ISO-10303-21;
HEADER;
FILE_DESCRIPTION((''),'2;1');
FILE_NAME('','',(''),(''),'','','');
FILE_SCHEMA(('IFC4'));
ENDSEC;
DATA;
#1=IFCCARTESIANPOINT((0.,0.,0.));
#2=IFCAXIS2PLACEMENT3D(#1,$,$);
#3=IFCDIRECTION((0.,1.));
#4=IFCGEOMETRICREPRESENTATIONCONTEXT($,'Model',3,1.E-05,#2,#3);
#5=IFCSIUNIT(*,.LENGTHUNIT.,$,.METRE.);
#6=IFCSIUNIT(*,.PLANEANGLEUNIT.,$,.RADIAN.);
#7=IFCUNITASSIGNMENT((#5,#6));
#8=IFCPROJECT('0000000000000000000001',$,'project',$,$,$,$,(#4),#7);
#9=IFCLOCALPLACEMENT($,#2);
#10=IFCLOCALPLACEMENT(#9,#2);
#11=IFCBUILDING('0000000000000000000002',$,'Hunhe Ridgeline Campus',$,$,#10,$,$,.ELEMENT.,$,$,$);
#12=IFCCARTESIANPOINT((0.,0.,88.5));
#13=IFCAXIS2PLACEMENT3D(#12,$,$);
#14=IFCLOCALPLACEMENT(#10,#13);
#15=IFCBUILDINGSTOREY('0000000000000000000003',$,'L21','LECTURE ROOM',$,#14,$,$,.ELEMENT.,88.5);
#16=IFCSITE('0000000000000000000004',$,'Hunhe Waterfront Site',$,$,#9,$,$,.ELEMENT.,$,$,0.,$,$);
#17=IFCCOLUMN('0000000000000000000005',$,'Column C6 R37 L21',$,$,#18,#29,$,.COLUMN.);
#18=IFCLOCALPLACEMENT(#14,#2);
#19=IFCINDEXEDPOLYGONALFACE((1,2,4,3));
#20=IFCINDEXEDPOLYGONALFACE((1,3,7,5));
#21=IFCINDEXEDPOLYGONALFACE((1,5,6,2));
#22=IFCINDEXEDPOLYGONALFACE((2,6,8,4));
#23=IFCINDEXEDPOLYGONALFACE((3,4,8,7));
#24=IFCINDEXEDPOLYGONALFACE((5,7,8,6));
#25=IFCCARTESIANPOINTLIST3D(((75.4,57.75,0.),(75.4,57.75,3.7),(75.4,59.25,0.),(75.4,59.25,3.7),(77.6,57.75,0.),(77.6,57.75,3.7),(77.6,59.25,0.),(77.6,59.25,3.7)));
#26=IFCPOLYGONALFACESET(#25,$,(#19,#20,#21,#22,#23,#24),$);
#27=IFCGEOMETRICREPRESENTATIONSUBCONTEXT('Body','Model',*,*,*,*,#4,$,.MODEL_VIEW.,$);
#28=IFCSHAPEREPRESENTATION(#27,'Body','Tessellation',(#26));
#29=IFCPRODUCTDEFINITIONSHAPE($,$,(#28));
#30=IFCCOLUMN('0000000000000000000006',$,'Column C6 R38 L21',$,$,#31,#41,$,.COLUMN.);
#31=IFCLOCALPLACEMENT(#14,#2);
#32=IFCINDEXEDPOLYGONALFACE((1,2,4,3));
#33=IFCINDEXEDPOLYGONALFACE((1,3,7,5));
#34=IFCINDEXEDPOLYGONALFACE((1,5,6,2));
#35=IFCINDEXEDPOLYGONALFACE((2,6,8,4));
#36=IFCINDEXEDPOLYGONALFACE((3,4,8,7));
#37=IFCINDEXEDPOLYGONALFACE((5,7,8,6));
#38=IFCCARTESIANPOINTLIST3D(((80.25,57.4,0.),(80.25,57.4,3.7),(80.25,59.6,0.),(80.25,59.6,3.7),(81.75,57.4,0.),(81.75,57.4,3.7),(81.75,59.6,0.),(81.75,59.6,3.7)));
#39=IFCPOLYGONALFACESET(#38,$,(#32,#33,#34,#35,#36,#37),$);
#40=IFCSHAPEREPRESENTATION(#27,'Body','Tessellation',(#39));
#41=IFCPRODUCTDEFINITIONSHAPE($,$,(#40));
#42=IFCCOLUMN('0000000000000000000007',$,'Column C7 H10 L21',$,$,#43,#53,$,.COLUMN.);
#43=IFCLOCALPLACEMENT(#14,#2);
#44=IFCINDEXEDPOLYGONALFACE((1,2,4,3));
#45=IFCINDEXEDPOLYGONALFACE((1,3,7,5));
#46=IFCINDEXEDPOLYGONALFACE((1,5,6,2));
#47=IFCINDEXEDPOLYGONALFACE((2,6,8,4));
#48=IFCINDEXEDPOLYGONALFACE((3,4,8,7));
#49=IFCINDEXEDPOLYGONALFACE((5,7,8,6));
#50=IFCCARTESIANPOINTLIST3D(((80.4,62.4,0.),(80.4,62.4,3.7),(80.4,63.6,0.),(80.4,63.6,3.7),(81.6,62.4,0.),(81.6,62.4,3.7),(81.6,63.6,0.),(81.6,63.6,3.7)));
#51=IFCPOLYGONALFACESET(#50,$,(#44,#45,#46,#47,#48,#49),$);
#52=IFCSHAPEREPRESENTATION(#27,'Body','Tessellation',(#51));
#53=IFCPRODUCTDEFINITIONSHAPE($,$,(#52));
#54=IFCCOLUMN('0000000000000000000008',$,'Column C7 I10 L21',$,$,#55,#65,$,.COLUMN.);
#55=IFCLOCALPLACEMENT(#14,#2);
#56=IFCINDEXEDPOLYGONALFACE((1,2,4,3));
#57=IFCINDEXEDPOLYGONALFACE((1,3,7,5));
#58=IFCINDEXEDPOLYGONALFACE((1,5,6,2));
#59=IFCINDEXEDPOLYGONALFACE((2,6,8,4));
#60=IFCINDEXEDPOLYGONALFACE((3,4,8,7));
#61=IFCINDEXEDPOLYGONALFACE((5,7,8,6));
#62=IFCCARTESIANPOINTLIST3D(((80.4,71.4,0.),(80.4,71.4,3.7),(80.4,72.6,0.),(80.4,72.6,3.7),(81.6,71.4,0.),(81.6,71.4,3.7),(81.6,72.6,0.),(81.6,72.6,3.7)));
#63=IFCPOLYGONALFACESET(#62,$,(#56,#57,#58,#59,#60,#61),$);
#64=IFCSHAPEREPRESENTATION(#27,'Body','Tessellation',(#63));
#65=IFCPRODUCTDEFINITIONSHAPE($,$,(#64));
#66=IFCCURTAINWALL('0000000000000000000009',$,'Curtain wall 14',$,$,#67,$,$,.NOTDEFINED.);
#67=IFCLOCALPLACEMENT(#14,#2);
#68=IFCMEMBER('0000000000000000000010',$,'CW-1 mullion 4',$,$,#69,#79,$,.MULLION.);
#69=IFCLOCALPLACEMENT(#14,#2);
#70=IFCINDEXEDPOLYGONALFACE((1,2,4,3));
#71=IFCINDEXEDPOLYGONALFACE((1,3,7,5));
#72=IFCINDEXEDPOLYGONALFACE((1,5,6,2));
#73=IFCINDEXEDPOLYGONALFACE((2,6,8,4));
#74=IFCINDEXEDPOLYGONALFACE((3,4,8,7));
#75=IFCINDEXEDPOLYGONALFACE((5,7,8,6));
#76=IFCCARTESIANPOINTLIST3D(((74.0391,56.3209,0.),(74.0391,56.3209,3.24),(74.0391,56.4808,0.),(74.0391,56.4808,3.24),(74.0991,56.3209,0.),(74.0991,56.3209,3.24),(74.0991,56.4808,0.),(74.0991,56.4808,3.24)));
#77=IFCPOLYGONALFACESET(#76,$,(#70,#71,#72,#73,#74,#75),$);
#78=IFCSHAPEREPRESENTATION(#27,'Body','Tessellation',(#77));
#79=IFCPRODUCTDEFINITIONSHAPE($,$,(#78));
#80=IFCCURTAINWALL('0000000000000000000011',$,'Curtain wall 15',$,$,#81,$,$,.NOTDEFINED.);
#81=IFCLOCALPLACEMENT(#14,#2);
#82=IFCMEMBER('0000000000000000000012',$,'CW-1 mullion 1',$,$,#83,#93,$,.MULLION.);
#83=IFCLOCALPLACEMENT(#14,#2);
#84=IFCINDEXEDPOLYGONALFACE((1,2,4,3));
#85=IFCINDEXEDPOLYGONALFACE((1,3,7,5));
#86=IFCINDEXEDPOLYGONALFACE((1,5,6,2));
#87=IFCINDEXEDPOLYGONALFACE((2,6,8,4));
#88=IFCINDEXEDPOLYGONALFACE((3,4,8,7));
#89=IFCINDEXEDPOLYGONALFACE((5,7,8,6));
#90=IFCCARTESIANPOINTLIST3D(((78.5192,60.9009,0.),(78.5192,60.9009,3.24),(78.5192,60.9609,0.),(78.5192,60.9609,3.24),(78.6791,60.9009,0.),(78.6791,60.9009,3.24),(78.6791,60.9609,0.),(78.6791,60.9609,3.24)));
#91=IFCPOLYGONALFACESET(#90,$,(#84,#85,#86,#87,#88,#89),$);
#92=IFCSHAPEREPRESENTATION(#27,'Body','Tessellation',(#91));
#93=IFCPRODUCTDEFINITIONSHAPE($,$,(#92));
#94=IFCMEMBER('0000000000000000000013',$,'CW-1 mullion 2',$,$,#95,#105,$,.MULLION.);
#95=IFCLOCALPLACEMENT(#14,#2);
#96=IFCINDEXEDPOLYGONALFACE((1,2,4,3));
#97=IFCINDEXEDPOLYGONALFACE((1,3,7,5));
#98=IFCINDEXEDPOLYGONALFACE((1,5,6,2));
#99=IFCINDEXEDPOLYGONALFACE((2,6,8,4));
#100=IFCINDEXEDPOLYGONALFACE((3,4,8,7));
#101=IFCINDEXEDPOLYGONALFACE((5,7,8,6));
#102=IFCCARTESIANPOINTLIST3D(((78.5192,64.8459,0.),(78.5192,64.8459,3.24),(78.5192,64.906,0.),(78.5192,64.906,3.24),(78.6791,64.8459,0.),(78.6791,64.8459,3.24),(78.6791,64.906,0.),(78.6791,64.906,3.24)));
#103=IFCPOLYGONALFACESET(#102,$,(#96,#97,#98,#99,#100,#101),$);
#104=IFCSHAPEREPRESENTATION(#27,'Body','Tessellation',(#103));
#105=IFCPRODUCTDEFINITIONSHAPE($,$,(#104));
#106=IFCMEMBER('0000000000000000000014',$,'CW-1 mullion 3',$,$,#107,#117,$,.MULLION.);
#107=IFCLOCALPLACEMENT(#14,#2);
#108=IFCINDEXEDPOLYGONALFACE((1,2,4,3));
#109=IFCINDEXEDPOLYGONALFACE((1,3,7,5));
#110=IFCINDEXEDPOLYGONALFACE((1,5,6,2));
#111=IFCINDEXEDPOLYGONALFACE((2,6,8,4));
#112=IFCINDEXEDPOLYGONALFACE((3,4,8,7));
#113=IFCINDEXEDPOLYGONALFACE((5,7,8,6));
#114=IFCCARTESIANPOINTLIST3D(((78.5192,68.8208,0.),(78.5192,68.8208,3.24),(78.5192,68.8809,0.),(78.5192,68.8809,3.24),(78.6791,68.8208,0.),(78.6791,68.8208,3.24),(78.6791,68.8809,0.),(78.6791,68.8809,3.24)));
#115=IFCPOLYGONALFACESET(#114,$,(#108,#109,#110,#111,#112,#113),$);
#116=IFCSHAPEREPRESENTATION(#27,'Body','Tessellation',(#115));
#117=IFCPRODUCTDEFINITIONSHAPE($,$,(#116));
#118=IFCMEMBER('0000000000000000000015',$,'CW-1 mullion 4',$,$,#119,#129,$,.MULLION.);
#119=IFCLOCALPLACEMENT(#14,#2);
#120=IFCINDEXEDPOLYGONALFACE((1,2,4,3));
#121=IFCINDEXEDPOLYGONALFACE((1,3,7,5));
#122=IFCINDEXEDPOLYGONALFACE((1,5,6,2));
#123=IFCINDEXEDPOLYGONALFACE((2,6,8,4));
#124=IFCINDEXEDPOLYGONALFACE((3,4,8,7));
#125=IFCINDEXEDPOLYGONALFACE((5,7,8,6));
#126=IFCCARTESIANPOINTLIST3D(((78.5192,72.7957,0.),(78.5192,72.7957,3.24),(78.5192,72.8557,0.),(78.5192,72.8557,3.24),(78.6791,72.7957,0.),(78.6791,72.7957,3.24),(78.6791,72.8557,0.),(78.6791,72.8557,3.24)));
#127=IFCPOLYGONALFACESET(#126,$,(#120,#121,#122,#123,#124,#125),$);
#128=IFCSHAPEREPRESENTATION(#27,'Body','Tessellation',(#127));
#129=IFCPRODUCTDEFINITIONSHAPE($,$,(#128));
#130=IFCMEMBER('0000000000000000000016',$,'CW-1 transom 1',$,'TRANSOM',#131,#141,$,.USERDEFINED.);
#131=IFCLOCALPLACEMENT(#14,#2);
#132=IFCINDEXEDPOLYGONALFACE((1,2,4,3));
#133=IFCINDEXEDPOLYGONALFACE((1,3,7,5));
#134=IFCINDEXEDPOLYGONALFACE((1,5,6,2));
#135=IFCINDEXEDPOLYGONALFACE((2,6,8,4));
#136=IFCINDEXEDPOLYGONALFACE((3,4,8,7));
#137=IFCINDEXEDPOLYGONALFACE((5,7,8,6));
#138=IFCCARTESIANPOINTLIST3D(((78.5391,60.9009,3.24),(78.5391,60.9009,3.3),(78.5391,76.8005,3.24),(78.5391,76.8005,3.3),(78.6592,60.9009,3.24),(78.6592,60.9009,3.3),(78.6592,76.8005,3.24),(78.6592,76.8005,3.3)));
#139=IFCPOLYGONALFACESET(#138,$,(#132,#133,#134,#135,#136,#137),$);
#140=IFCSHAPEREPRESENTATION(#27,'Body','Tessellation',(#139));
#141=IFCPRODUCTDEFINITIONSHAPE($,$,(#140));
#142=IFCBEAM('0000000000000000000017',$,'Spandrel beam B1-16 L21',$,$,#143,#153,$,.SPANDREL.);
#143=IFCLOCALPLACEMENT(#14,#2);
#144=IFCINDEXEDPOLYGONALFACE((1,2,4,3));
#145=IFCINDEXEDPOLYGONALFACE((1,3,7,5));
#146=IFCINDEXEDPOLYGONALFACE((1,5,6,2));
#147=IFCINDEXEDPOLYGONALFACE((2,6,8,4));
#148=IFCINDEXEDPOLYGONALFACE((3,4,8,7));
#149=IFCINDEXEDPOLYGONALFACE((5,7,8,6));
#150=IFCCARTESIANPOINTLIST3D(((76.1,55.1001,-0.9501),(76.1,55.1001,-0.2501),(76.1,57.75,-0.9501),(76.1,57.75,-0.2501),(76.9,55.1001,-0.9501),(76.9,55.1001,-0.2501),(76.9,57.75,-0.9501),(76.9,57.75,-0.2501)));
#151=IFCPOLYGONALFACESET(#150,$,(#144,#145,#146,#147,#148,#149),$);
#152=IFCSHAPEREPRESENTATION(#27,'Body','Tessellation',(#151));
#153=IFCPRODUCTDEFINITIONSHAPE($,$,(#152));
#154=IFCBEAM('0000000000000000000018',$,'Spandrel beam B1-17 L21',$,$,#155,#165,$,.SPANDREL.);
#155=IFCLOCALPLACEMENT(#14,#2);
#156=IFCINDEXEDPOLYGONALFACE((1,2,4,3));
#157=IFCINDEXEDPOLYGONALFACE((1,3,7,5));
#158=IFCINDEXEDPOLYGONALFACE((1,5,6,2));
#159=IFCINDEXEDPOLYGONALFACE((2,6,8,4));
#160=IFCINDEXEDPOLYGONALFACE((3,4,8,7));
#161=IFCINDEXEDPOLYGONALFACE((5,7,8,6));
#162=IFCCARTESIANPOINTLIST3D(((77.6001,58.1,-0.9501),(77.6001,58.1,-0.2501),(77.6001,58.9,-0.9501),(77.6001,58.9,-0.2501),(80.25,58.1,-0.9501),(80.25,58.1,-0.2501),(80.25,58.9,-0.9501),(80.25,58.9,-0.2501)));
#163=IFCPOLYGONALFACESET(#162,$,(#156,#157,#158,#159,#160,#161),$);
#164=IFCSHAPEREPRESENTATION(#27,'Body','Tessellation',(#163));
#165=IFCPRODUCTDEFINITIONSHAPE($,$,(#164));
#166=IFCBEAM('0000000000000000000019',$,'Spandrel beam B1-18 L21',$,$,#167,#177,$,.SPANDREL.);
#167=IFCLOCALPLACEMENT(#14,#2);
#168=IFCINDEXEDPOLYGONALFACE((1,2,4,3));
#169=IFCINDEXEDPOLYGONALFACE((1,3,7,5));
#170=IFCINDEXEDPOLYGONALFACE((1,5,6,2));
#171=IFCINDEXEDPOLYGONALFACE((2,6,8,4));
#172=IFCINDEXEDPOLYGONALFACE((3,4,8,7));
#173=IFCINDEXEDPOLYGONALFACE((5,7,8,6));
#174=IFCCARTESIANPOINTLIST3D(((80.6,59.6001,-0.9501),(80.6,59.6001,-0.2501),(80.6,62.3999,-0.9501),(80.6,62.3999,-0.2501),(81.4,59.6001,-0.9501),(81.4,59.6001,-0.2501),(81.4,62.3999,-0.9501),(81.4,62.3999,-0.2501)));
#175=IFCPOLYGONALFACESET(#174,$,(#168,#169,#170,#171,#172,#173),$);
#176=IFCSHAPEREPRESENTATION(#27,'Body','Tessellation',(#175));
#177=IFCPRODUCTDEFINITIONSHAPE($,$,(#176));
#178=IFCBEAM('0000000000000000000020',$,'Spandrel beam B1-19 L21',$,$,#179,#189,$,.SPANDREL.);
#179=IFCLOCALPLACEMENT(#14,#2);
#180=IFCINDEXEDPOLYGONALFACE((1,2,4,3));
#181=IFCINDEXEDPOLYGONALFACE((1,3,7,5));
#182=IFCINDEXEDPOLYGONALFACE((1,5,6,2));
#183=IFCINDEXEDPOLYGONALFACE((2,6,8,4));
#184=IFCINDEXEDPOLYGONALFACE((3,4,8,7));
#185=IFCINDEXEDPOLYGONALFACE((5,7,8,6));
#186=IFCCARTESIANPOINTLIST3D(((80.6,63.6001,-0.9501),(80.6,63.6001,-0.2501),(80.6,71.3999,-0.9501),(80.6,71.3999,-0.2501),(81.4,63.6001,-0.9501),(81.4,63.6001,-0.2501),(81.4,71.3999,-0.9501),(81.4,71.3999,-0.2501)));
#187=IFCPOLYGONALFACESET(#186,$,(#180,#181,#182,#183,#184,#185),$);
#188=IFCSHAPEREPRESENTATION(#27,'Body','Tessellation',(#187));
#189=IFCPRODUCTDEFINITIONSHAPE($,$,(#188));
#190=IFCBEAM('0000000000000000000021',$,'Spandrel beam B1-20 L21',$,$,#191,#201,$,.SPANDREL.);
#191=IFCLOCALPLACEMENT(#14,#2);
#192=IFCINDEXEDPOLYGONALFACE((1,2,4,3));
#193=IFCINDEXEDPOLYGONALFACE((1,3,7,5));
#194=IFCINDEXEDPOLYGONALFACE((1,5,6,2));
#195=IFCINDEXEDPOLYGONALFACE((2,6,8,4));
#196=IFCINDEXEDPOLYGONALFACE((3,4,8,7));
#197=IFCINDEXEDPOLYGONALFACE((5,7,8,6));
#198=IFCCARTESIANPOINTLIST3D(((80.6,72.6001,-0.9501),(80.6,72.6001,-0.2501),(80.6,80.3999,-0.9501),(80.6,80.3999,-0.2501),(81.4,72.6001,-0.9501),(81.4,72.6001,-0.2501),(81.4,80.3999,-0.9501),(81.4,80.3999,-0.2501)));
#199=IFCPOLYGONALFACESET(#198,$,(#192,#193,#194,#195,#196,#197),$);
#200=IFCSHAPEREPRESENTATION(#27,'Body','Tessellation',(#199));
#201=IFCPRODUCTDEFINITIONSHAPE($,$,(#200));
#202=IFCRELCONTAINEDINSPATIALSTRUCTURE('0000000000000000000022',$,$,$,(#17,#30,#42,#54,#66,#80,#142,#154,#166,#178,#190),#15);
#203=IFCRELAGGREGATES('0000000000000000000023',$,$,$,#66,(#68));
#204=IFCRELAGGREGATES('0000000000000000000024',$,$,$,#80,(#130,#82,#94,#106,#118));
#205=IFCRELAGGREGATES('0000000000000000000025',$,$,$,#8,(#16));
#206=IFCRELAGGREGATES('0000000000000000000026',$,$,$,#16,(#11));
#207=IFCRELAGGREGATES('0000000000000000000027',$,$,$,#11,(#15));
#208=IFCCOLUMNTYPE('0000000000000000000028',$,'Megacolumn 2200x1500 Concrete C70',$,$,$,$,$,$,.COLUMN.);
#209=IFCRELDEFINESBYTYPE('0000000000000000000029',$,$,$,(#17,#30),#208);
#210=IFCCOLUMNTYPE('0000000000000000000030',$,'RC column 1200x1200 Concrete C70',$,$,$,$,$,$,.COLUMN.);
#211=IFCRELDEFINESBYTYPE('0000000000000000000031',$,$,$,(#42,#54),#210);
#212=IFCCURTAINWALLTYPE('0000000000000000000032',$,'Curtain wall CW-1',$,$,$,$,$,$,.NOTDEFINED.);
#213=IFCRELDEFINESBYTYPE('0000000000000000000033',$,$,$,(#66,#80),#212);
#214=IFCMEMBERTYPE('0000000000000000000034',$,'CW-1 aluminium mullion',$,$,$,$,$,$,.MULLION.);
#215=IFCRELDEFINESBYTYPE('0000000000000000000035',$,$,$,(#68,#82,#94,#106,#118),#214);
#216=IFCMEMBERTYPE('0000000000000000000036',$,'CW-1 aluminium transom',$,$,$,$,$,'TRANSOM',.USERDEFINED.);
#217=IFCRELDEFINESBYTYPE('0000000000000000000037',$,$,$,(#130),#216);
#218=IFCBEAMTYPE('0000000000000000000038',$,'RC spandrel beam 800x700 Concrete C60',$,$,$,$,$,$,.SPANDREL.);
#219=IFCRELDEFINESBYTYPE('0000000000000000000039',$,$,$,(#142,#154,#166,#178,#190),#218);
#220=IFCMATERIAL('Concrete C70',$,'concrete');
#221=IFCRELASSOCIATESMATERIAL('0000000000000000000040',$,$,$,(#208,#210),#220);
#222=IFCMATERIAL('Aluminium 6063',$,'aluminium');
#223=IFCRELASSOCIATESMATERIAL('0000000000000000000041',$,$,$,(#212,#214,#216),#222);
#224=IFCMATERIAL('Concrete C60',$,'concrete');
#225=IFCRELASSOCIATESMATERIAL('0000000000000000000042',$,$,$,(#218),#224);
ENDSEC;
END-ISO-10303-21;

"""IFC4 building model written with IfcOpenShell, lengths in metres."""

from ifc_helpers import new_model, si_unit, direction, frame, origin, origin_2d, place, context, subcontext, project, spatial, rectangle, extrude, material, material_profile, profile_set, type_object, element, aggregate, save


model = new_model("IFC4")

# Units and contexts
model_context = context("Model", 3, precision=1e-05, world=origin(), true_north=direction((0.0, 1.0)))
body_context = subcontext(model_context, "Body", "Model", "MODEL_VIEW")
ifc_project = project(units=[si_unit("LENGTHUNIT", "METRE"), si_unit("PLANEANGLEUNIT", "RADIAN")], contexts=[model_context])

# Site, building, storey
site_placement = place(None, origin())
site = spatial("IfcSite", under=ifc_project, at=site_placement, Name="Hunhe Waterfront Site", CompositionType="ELEMENT", RefElevation=0.0)
building_placement = place(site_placement, origin())
building = spatial("IfcBuilding", under=site, at=building_placement, Name="Hunhe Ridgeline Campus", CompositionType="ELEMENT")
storey_placement = place(building_placement, frame((0.0, 0.0, 88.5)))
storey = spatial("IfcBuildingStorey", under=building, at=storey_placement, Name="L21", Description="LECTURE ROOM", CompositionType="ELEMENT", Elevation=88.5)

# Columns
ifc_material_1 = material(Name="Concrete C70", Category="concrete")
ifc_material_profile_1 = material_profile(ifc_material_1, rectangle(XDim=2.2, YDim=1.5, at=origin_2d()))
ifc_profile_set_1 = profile_set([ifc_material_profile_1], Name="Concrete C70")
column_type_1 = type_object("IfcColumnType", Name="Megacolumn 2200x1500 Concrete C70", PredefinedType="COLUMN", material=ifc_profile_set_1)
for number, where, z_axis, x_axis, name in (
    (1, (76.5, 58.5, 0.0), (0.0, 0.0, 1.0), (1.0, 0.0, 0.0), "Column C6 R37 L21"),
    (2, (81.0, 58.5, 0.0), (0.0, 0.0, 1.0), (0.0, 1.0, 0.0), "Column C6 R38 L21"),
):
    element("IfcColumn", number, at=place(storey_placement, frame(where, z_axis=z_axis, x_axis=x_axis)), inside=storey, type_object=column_type_1, Name=name, PredefinedType="COLUMN", context=body_context, shape_type="SweptSolid", body=[
        extrude(rectangle(XDim=2.2, YDim=1.5, at=origin_2d()), origin(), (0.0, 0.0, 1.0), 3.7),
    ])
ifc_material_profile_2 = material_profile(ifc_material_1, rectangle(XDim=1.2, YDim=1.2, at=origin_2d()))
ifc_profile_set_2 = profile_set([ifc_material_profile_2], Name="Concrete C70")
column_type_2 = type_object("IfcColumnType", Name="RC column 1200x1200 Concrete C70", PredefinedType="COLUMN", material=ifc_profile_set_2)
for number, where, z_axis, x_axis, name in (
    (3, (81.0, 63.0, 0.0), (0.0, 0.0, 1.0), (1.0, 0.0, 0.0), "Column C7 H10 L21"),
    (4, (81.0, 72.0, 0.0), (0.0, 0.0, 1.0), (1.0, 0.0, 0.0), "Column C7 I10 L21"),
):
    element("IfcColumn", number, at=place(storey_placement, frame(where, z_axis=z_axis, x_axis=x_axis)), inside=storey, type_object=column_type_2, Name=name, PredefinedType="COLUMN", context=body_context, shape_type="SweptSolid", body=[
        extrude(rectangle(XDim=1.2, YDim=1.2, at=origin_2d()), origin(), (0.0, 0.0, 1.0), 3.7),
    ])

# Curtain wall, member
ifc_material_2 = material(Name="Aluminium 6063", Category="aluminium")
curtain_wall_type = type_object("IfcCurtainWallType", Name="Curtain wall CW-1", PredefinedType="NOTDEFINED", material=ifc_material_2)
curtain_wall_1_placement = place(storey_placement, origin())
curtain_wall_1 = element("IfcCurtainWall", 5, at=curtain_wall_1_placement, inside=storey, type_object=curtain_wall_type, Name="Curtain wall 14", PredefinedType="NOTDEFINED")
ifc_material_profile_3 = material_profile(ifc_material_2, rectangle(XDim=0.1599, YDim=0.0601, at=origin_2d()))
ifc_profile_set_3 = profile_set([ifc_material_profile_3], Name="Aluminium 6063")
member_type_1 = type_object("IfcMemberType", Name="CW-1 aluminium mullion", PredefinedType="MULLION", material=ifc_profile_set_3)
member_1_placement = place(storey_placement, frame((74.0691, 56.4009, 0.0), z_axis=(0.0, 0.0, 1.0), x_axis=(0.0, 1.0, 0.0)))
member_1 = element("IfcMember", 6, at=member_1_placement, type_object=member_type_1, Name="CW-1 mullion 4", PredefinedType="MULLION", context=body_context, shape_type="SweptSolid", body=[
    extrude(rectangle(XDim=0.1599, YDim=0.0601, at=origin_2d()), origin(), (0.0, 0.0, 1.0), 3.24),
])
aggregate(curtain_wall_1, [member_1])

# Curtain wall, members
curtain_wall_2_placement = place(storey_placement, origin())
curtain_wall_2 = element("IfcCurtainWall", 7, at=curtain_wall_2_placement, inside=storey, type_object=curtain_wall_type, Name="Curtain wall 15", PredefinedType="NOTDEFINED")
member_2_placement = place(storey_placement, frame((78.5991, 60.9309, 0.0), z_axis=(0.0, 0.0, 1.0), x_axis=(-1.0, 0.0, 0.0)))
member_2 = element("IfcMember", 8, at=member_2_placement, type_object=member_type_1, Name="CW-1 mullion 1", PredefinedType="MULLION", context=body_context, shape_type="SweptSolid", body=[
    extrude(rectangle(XDim=0.1599, YDim=0.0601, at=origin_2d()), origin(), (0.0, 0.0, 1.0), 3.24),
])
member_3_placement = place(storey_placement, frame((78.5991, 64.876, 0.0), z_axis=(0.0, 0.0, 1.0), x_axis=(-1.0, 0.0, 0.0)))
member_3 = element("IfcMember", 9, at=member_3_placement, type_object=member_type_1, Name="CW-1 mullion 2", PredefinedType="MULLION", context=body_context, shape_type="SweptSolid", body=[
    extrude(rectangle(XDim=0.1599, YDim=0.0601, at=origin_2d()), origin(), (0.0, 0.0, 1.0), 3.24),
])
member_4_placement = place(storey_placement, frame((78.5991, 68.8508, 0.0), z_axis=(0.0, 0.0, 1.0), x_axis=(-1.0, 0.0, 0.0)))
member_4 = element("IfcMember", 10, at=member_4_placement, type_object=member_type_1, Name="CW-1 mullion 3", PredefinedType="MULLION", context=body_context, shape_type="SweptSolid", body=[
    extrude(rectangle(XDim=0.1599, YDim=0.0601, at=origin_2d()), origin(), (0.0, 0.0, 1.0), 3.24),
])
member_5_placement = place(storey_placement, frame((78.5991, 72.8257, 0.0), z_axis=(0.0, 0.0, 1.0), x_axis=(-1.0, 0.0, 0.0)))
member_5 = element("IfcMember", 11, at=member_5_placement, type_object=member_type_1, Name="CW-1 mullion 4", PredefinedType="MULLION", context=body_context, shape_type="SweptSolid", body=[
    extrude(rectangle(XDim=0.1599, YDim=0.0601, at=origin_2d()), origin(), (0.0, 0.0, 1.0), 3.24),
])
ifc_material_profile_4 = material_profile(ifc_material_2, rectangle(XDim=0.1201, YDim=0.0601, at=origin_2d()))
ifc_profile_set_4 = profile_set([ifc_material_profile_4], Name="Aluminium 6063")
member_type_2 = type_object("IfcMemberType", Name="CW-1 aluminium transom", ElementType="TRANSOM", PredefinedType="USERDEFINED", material=ifc_profile_set_4)
member_6_placement = place(storey_placement, frame((78.5991, 60.9009, 3.27), z_axis=(0.0, 1.0, 0.0), x_axis=(-1.0, 0.0, 0.0)))
member_6 = element("IfcMember", 12, at=member_6_placement, type_object=member_type_2, Name="CW-1 transom 1", ObjectType="TRANSOM", PredefinedType="USERDEFINED", context=body_context, shape_type="SweptSolid", body=[
    extrude(rectangle(XDim=0.1201, YDim=0.0601, at=origin_2d()), origin(), (0.0, 0.0, 1.0), 15.8997),
])

# Beams
ifc_material_3 = material(Name="Concrete C60", Category="concrete")
ifc_material_profile_5 = material_profile(ifc_material_3, rectangle(XDim=0.8, YDim=0.7, at=origin_2d()))
ifc_profile_set_5 = profile_set([ifc_material_profile_5], Name="Concrete C60")
beam_type = type_object("IfcBeamType", Name="RC spandrel beam 800x700 Concrete C60", PredefinedType="SPANDREL", material=ifc_profile_set_5)
for number, where, z_axis, x_axis, name in (
    (13, (76.5, 55.1001, -0.6001), (0.0, 1.0, 0.0), (-1.0, 0.0, 0.0), "Spandrel beam B1-16 L21"),
    (14, (77.6001, 58.5, -0.6001), (1.0, 0.0, 0.0), (0.0, 1.0, 0.0), "Spandrel beam B1-17 L21"),
):
    element("IfcBeam", number, at=place(storey_placement, frame(where, z_axis=z_axis, x_axis=x_axis)), inside=storey, type_object=beam_type, Name=name, PredefinedType="SPANDREL", context=body_context, shape_type="SweptSolid", body=[
        extrude(rectangle(XDim=0.8, YDim=0.7, at=origin_2d()), origin(), (0.0, 0.0, 1.0), 2.6499),
    ])
beam_placement = place(storey_placement, frame((81.0, 59.6001, -0.6001), z_axis=(0.0, 1.0, 0.0), x_axis=(-1.0, 0.0, 0.0)))
element("IfcBeam", 15, at=beam_placement, inside=storey, type_object=beam_type, Name="Spandrel beam B1-18 L21", PredefinedType="SPANDREL", context=body_context, shape_type="SweptSolid", body=[
    extrude(rectangle(XDim=0.8, YDim=0.7, at=origin_2d()), origin(), (0.0, 0.0, 1.0), 2.7998),
])
for number, where, z_axis, x_axis, name in (
    (16, (81.0, 63.6001, -0.6001), (0.0, 1.0, 0.0), (-1.0, 0.0, 0.0), "Spandrel beam B1-19 L21"),
    (17, (81.0, 72.6001, -0.6001), (0.0, 1.0, 0.0), (-1.0, 0.0, 0.0), "Spandrel beam B1-20 L21"),
):
    element("IfcBeam", number, at=place(storey_placement, frame(where, z_axis=z_axis, x_axis=x_axis)), inside=storey, type_object=beam_type, Name=name, PredefinedType="SPANDREL", context=body_context, shape_type="SweptSolid", body=[
        extrude(rectangle(XDim=0.8, YDim=0.7, at=origin_2d()), origin(), (0.0, 0.0, 1.0), 7.7998),
    ])

aggregate(curtain_wall_2, [member_6, member_2, member_3, member_4, member_5])

save(model, "model.ifc")
